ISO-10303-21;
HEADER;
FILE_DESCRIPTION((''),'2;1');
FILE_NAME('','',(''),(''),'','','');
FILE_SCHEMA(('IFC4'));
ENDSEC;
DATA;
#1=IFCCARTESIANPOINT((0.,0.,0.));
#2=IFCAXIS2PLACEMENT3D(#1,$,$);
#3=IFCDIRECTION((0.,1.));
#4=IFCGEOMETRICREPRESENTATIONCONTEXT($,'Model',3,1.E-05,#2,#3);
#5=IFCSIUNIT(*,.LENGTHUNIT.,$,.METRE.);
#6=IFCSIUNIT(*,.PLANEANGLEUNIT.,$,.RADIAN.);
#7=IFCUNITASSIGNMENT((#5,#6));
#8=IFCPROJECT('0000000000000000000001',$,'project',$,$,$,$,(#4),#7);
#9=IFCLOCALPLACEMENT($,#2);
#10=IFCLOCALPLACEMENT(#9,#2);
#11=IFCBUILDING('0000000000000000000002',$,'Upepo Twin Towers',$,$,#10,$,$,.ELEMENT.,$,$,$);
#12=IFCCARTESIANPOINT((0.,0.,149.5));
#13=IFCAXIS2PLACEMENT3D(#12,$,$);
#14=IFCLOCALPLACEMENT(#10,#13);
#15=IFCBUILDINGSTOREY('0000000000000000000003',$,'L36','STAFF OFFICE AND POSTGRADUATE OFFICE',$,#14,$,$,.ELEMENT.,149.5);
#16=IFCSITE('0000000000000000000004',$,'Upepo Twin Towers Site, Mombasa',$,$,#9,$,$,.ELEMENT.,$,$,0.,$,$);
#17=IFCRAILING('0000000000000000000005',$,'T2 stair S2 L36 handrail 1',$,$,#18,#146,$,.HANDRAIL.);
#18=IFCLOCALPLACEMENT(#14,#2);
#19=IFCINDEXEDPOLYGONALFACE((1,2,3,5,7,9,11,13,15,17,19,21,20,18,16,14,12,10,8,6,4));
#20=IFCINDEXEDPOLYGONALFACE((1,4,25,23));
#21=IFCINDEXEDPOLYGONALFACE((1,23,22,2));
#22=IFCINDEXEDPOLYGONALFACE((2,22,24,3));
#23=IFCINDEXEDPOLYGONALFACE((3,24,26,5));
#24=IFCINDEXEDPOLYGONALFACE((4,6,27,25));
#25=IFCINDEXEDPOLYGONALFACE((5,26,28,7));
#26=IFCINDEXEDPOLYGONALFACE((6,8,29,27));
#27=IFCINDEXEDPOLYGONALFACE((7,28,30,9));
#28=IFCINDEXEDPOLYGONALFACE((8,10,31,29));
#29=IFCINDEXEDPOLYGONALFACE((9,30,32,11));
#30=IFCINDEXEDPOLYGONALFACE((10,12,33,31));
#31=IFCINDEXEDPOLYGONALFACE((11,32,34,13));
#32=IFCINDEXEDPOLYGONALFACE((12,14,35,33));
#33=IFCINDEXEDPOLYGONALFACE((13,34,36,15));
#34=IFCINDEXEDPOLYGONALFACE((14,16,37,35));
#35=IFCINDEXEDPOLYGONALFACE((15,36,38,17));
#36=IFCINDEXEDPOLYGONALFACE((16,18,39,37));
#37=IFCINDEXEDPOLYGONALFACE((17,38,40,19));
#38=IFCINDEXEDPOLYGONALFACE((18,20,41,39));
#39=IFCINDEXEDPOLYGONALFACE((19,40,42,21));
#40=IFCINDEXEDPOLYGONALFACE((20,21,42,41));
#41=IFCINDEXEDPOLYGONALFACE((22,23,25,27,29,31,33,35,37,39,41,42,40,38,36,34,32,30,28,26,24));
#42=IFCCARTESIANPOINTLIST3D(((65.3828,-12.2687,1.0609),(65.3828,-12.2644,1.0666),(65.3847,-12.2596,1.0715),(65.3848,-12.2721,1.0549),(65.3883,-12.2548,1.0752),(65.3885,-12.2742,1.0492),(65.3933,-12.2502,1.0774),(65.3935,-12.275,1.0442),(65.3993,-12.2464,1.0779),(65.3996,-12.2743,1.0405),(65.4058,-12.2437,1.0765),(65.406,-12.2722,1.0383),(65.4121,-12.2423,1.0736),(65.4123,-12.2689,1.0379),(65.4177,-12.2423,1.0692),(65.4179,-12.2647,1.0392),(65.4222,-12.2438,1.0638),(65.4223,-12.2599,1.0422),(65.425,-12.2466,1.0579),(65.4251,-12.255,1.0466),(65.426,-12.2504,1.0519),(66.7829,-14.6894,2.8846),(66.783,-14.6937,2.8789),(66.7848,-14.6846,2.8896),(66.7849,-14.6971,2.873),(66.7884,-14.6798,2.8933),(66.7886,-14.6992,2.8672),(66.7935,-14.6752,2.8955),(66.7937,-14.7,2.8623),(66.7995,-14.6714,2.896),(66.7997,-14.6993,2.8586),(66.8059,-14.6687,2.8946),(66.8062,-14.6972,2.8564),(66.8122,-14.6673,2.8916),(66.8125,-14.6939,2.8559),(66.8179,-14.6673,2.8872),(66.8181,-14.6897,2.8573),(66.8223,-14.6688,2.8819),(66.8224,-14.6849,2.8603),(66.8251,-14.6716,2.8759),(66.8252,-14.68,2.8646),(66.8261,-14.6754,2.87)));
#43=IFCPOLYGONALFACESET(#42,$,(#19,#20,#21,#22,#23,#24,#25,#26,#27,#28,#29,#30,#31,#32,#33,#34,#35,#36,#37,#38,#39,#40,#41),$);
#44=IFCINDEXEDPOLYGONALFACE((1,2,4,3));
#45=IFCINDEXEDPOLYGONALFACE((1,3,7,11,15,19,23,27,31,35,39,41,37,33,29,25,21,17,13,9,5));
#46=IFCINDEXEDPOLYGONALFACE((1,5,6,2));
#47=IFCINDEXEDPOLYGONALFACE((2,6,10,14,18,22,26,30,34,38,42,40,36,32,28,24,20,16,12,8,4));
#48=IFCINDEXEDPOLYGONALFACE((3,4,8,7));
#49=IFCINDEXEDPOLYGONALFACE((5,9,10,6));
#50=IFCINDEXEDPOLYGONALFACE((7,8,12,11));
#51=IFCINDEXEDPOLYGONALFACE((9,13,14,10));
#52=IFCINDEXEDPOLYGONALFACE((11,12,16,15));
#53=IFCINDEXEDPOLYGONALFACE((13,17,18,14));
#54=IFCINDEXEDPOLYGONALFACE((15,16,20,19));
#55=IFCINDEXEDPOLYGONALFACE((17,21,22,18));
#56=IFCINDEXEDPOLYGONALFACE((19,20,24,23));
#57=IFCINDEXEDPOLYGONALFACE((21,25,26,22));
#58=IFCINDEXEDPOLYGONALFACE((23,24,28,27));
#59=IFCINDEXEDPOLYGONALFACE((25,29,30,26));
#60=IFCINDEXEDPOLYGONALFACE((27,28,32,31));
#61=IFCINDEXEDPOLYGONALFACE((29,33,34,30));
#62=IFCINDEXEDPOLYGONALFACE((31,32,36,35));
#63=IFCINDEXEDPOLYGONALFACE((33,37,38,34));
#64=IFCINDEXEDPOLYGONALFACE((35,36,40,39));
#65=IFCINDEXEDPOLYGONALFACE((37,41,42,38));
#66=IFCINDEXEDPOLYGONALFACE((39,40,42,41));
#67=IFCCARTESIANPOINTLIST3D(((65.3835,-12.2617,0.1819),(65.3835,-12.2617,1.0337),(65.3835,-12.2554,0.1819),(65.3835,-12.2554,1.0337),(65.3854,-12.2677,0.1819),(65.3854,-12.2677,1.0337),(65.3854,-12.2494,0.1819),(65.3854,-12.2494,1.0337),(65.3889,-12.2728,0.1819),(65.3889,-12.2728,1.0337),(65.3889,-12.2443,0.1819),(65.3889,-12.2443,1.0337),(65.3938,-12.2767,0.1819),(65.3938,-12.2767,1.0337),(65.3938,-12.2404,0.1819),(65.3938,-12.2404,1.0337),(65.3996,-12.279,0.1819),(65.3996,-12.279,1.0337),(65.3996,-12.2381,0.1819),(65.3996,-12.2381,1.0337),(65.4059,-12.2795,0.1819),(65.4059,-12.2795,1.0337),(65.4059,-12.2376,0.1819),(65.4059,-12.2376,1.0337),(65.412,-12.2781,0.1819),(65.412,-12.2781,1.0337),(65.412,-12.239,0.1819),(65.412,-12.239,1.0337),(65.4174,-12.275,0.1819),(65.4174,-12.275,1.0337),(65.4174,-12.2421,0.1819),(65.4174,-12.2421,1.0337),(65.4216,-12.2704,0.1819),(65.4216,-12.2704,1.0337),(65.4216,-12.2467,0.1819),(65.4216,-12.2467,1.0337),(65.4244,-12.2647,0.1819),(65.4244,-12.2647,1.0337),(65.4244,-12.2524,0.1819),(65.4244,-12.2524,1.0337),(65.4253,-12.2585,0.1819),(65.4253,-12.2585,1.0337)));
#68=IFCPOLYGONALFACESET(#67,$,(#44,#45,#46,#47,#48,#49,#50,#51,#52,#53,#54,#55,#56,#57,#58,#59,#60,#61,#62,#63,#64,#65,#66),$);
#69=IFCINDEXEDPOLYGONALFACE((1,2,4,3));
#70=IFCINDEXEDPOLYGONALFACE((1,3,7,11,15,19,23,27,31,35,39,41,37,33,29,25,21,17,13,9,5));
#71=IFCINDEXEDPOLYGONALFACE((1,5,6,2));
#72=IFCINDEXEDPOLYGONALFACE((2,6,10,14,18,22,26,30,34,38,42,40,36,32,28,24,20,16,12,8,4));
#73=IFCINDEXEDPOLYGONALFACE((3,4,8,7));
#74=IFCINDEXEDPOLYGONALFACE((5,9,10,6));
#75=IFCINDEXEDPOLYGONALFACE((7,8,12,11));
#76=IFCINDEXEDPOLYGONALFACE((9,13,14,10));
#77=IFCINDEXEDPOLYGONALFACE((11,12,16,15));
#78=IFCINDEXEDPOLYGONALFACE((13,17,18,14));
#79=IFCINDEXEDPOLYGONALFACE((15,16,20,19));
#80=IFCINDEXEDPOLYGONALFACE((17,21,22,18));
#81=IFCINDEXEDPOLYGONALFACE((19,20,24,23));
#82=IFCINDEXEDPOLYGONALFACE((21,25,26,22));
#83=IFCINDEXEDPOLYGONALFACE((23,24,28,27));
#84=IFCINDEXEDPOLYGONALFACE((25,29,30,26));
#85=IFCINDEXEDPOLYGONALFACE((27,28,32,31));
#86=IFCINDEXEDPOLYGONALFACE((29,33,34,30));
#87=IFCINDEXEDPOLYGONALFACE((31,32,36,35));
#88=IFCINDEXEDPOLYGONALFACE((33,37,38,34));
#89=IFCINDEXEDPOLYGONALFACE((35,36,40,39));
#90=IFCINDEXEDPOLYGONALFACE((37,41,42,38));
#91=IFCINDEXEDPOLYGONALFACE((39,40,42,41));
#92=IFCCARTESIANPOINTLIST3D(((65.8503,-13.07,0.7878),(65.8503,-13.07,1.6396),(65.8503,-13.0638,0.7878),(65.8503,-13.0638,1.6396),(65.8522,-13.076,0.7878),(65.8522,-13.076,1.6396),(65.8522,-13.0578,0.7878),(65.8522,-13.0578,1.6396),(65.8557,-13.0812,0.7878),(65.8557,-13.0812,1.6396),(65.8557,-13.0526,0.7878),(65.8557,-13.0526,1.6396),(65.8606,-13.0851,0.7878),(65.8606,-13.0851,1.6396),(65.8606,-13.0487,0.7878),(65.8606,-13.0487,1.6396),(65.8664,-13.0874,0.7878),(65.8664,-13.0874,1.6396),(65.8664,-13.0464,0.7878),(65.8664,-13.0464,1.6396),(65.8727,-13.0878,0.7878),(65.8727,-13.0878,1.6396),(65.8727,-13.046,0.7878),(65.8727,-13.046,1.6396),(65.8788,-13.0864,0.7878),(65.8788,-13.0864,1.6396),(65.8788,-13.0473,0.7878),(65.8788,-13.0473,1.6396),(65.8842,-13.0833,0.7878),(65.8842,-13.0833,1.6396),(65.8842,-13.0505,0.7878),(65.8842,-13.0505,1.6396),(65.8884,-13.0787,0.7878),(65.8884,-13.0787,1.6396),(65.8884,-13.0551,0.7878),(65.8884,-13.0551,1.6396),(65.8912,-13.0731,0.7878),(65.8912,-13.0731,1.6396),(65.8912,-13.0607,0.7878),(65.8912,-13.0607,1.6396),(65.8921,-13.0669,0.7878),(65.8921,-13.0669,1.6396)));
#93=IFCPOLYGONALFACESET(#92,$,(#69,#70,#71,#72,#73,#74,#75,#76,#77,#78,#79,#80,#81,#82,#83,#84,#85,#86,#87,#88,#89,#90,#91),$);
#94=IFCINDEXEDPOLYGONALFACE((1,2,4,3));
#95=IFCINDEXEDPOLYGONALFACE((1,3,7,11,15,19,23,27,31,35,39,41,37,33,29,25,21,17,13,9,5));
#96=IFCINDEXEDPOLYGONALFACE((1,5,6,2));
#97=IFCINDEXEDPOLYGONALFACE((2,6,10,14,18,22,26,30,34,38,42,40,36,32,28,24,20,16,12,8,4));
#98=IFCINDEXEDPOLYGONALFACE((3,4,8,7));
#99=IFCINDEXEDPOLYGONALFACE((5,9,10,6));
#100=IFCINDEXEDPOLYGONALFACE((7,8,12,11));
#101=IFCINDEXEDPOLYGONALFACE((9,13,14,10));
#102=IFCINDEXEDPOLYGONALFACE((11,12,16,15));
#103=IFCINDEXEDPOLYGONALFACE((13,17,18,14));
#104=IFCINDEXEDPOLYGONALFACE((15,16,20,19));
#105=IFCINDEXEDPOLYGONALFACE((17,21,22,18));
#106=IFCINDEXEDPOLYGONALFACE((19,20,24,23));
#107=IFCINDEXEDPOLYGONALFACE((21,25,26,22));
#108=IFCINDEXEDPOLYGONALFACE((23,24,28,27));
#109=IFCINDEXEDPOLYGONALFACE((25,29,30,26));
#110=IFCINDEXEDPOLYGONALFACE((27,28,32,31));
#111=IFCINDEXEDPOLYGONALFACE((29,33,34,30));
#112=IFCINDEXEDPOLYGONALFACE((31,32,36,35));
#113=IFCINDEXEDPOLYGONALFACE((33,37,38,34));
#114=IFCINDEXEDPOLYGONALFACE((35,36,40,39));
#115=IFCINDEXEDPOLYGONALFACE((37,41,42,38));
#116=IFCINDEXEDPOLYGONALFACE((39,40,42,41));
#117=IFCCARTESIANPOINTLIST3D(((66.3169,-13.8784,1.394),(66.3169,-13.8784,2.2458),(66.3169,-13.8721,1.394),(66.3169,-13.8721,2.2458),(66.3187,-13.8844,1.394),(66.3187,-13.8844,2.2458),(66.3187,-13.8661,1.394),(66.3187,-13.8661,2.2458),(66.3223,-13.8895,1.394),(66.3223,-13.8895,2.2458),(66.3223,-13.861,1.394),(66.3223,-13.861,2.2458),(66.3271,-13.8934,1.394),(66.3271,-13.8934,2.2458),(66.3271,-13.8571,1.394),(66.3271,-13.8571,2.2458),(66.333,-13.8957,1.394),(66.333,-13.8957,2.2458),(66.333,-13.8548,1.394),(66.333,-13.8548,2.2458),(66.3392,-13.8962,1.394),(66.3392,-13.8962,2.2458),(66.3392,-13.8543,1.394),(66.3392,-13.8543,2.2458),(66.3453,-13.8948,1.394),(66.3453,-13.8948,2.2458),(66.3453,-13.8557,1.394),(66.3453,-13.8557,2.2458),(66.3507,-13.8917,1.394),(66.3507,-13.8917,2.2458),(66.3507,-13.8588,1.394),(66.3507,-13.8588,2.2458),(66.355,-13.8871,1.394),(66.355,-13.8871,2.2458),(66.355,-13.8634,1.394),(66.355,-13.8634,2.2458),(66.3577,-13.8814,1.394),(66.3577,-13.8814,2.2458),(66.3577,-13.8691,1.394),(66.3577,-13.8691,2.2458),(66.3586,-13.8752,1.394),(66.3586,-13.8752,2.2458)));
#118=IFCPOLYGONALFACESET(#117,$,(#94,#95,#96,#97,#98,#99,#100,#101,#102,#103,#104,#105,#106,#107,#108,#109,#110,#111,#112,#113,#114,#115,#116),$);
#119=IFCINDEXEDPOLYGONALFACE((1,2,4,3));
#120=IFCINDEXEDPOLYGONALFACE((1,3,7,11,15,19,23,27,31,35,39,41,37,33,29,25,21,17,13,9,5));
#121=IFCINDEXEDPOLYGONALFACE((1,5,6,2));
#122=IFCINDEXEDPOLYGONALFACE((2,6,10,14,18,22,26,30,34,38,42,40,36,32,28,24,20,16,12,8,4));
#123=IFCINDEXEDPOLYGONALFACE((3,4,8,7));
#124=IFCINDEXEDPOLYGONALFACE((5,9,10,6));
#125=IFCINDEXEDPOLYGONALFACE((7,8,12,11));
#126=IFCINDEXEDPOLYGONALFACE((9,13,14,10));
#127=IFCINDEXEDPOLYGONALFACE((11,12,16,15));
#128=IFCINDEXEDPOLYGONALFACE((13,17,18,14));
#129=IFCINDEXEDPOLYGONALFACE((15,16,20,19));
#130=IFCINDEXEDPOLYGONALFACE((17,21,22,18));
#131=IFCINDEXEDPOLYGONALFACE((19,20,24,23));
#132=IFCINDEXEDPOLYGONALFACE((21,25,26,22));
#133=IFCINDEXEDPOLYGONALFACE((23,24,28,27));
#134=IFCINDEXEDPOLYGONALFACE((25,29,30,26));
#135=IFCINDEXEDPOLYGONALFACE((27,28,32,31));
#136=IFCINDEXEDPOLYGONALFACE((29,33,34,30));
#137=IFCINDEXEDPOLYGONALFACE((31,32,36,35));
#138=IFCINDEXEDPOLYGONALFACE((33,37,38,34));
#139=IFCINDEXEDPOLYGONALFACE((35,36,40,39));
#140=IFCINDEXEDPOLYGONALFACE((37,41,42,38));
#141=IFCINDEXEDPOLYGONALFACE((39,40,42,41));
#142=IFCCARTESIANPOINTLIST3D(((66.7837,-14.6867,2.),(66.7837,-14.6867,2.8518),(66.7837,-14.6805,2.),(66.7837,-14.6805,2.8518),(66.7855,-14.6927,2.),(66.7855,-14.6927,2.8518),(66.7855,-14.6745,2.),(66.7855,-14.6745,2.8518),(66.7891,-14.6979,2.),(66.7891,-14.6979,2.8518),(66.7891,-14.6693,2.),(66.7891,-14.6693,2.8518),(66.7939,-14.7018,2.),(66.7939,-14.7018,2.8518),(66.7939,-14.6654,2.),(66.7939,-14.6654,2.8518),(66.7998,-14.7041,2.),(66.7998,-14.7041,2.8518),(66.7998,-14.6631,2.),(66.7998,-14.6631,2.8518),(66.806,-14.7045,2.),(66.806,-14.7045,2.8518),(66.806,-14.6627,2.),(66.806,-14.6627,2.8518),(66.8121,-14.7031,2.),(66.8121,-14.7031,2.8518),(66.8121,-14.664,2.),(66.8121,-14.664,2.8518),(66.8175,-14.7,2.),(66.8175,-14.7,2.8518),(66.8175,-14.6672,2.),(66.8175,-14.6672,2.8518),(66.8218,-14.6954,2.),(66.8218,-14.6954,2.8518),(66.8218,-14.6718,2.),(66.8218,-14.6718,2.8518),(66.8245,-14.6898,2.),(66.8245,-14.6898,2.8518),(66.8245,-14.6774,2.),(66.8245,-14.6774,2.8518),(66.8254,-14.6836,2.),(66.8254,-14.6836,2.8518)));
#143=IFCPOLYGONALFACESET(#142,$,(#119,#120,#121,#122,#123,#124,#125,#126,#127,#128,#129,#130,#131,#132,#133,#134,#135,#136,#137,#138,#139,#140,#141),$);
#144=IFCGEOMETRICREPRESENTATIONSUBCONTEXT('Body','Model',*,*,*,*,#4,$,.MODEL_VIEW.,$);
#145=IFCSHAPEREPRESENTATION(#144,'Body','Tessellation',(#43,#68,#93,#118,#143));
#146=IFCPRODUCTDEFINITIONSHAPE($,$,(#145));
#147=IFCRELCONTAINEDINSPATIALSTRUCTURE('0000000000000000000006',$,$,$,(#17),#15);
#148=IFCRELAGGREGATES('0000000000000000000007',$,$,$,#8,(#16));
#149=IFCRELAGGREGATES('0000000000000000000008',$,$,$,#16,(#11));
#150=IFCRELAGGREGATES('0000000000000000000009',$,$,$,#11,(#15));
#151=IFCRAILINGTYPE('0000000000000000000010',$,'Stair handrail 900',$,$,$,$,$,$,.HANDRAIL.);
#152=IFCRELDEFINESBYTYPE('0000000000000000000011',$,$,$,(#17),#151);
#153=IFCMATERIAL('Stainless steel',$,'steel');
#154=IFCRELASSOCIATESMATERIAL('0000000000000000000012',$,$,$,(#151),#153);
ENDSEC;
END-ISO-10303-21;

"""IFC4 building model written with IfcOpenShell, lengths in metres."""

from ifc_helpers import new_model, si_unit, direction, frame, origin, origin_2d, place, context, subcontext, project, spatial, circle, extrude, material, type_object, element, save


model = new_model("IFC4")

# Units and contexts
model_context = context("Model", 3, precision=1e-05, world=origin(), true_north=direction((0.0, 1.0)))
body_context = subcontext(model_context, "Body", "Model", "MODEL_VIEW")
ifc_project = project(units=[si_unit("LENGTHUNIT", "METRE"), si_unit("PLANEANGLEUNIT", "RADIAN")], contexts=[model_context])

# Site, building, storey
site_placement = place(None, origin())
site = spatial("IfcSite", under=ifc_project, at=site_placement, Name="Upepo Twin Towers Site, Mombasa", CompositionType="ELEMENT", RefElevation=0.0)
building_placement = place(site_placement, origin())
building = spatial("IfcBuilding", under=site, at=building_placement, Name="Upepo Twin Towers", CompositionType="ELEMENT")
storey_placement = place(building_placement, frame((0.0, 0.0, 149.5)))
storey = spatial("IfcBuildingStorey", under=building, at=storey_placement, Name="L36", Description="STAFF OFFICE AND POSTGRADUATE OFFICE", CompositionType="ELEMENT", Elevation=149.5)

# Railing
ifc_material_1 = material(Name="Stainless steel", Category="steel")
railing_type = type_object("IfcRailingType", Name="Stair handrail 900", PredefinedType="HANDRAIL", material=ifc_material_1)
railing_1_placement = place(storey_placement, frame((65.4043, -12.2585, 0.1819)))
element("IfcRailing", 1, at=railing_1_placement, inside=storey, type_object=railing_type, Name="T2 stair S2 L36 handrail 1", PredefinedType="HANDRAIL", context=body_context, shape_type="SweptSolid", body=[
    extrude(circle(Radius=0.0239, at=origin_2d()), frame((0.0, 0.0, 0.876), z_axis=(0.419371, -0.726349, 0.54456), x_axis=(0.866019, 0.500012, 0.0)), (0.0, 0.0, 1.0), 3.3386),
    extrude(circle(Radius=0.021, at=origin_2d()), origin(), (0.0, 0.0, 1.0), 0.8518),
    extrude(circle(Radius=0.021, at=origin_2d()), frame((0.4668, -0.8083, 0.606)), (0.0, 0.0, 1.0), 0.8518),
    extrude(circle(Radius=0.021, at=origin_2d()), frame((0.9333, -1.6167, 1.2122)), (0.0, 0.0, 1.0), 0.8518),
    extrude(circle(Radius=0.021, at=origin_2d()), frame((1.4001, -2.425, 1.8181)), (0.0, 0.0, 1.0), 0.8518),
])

save(model, "model.ifc")
